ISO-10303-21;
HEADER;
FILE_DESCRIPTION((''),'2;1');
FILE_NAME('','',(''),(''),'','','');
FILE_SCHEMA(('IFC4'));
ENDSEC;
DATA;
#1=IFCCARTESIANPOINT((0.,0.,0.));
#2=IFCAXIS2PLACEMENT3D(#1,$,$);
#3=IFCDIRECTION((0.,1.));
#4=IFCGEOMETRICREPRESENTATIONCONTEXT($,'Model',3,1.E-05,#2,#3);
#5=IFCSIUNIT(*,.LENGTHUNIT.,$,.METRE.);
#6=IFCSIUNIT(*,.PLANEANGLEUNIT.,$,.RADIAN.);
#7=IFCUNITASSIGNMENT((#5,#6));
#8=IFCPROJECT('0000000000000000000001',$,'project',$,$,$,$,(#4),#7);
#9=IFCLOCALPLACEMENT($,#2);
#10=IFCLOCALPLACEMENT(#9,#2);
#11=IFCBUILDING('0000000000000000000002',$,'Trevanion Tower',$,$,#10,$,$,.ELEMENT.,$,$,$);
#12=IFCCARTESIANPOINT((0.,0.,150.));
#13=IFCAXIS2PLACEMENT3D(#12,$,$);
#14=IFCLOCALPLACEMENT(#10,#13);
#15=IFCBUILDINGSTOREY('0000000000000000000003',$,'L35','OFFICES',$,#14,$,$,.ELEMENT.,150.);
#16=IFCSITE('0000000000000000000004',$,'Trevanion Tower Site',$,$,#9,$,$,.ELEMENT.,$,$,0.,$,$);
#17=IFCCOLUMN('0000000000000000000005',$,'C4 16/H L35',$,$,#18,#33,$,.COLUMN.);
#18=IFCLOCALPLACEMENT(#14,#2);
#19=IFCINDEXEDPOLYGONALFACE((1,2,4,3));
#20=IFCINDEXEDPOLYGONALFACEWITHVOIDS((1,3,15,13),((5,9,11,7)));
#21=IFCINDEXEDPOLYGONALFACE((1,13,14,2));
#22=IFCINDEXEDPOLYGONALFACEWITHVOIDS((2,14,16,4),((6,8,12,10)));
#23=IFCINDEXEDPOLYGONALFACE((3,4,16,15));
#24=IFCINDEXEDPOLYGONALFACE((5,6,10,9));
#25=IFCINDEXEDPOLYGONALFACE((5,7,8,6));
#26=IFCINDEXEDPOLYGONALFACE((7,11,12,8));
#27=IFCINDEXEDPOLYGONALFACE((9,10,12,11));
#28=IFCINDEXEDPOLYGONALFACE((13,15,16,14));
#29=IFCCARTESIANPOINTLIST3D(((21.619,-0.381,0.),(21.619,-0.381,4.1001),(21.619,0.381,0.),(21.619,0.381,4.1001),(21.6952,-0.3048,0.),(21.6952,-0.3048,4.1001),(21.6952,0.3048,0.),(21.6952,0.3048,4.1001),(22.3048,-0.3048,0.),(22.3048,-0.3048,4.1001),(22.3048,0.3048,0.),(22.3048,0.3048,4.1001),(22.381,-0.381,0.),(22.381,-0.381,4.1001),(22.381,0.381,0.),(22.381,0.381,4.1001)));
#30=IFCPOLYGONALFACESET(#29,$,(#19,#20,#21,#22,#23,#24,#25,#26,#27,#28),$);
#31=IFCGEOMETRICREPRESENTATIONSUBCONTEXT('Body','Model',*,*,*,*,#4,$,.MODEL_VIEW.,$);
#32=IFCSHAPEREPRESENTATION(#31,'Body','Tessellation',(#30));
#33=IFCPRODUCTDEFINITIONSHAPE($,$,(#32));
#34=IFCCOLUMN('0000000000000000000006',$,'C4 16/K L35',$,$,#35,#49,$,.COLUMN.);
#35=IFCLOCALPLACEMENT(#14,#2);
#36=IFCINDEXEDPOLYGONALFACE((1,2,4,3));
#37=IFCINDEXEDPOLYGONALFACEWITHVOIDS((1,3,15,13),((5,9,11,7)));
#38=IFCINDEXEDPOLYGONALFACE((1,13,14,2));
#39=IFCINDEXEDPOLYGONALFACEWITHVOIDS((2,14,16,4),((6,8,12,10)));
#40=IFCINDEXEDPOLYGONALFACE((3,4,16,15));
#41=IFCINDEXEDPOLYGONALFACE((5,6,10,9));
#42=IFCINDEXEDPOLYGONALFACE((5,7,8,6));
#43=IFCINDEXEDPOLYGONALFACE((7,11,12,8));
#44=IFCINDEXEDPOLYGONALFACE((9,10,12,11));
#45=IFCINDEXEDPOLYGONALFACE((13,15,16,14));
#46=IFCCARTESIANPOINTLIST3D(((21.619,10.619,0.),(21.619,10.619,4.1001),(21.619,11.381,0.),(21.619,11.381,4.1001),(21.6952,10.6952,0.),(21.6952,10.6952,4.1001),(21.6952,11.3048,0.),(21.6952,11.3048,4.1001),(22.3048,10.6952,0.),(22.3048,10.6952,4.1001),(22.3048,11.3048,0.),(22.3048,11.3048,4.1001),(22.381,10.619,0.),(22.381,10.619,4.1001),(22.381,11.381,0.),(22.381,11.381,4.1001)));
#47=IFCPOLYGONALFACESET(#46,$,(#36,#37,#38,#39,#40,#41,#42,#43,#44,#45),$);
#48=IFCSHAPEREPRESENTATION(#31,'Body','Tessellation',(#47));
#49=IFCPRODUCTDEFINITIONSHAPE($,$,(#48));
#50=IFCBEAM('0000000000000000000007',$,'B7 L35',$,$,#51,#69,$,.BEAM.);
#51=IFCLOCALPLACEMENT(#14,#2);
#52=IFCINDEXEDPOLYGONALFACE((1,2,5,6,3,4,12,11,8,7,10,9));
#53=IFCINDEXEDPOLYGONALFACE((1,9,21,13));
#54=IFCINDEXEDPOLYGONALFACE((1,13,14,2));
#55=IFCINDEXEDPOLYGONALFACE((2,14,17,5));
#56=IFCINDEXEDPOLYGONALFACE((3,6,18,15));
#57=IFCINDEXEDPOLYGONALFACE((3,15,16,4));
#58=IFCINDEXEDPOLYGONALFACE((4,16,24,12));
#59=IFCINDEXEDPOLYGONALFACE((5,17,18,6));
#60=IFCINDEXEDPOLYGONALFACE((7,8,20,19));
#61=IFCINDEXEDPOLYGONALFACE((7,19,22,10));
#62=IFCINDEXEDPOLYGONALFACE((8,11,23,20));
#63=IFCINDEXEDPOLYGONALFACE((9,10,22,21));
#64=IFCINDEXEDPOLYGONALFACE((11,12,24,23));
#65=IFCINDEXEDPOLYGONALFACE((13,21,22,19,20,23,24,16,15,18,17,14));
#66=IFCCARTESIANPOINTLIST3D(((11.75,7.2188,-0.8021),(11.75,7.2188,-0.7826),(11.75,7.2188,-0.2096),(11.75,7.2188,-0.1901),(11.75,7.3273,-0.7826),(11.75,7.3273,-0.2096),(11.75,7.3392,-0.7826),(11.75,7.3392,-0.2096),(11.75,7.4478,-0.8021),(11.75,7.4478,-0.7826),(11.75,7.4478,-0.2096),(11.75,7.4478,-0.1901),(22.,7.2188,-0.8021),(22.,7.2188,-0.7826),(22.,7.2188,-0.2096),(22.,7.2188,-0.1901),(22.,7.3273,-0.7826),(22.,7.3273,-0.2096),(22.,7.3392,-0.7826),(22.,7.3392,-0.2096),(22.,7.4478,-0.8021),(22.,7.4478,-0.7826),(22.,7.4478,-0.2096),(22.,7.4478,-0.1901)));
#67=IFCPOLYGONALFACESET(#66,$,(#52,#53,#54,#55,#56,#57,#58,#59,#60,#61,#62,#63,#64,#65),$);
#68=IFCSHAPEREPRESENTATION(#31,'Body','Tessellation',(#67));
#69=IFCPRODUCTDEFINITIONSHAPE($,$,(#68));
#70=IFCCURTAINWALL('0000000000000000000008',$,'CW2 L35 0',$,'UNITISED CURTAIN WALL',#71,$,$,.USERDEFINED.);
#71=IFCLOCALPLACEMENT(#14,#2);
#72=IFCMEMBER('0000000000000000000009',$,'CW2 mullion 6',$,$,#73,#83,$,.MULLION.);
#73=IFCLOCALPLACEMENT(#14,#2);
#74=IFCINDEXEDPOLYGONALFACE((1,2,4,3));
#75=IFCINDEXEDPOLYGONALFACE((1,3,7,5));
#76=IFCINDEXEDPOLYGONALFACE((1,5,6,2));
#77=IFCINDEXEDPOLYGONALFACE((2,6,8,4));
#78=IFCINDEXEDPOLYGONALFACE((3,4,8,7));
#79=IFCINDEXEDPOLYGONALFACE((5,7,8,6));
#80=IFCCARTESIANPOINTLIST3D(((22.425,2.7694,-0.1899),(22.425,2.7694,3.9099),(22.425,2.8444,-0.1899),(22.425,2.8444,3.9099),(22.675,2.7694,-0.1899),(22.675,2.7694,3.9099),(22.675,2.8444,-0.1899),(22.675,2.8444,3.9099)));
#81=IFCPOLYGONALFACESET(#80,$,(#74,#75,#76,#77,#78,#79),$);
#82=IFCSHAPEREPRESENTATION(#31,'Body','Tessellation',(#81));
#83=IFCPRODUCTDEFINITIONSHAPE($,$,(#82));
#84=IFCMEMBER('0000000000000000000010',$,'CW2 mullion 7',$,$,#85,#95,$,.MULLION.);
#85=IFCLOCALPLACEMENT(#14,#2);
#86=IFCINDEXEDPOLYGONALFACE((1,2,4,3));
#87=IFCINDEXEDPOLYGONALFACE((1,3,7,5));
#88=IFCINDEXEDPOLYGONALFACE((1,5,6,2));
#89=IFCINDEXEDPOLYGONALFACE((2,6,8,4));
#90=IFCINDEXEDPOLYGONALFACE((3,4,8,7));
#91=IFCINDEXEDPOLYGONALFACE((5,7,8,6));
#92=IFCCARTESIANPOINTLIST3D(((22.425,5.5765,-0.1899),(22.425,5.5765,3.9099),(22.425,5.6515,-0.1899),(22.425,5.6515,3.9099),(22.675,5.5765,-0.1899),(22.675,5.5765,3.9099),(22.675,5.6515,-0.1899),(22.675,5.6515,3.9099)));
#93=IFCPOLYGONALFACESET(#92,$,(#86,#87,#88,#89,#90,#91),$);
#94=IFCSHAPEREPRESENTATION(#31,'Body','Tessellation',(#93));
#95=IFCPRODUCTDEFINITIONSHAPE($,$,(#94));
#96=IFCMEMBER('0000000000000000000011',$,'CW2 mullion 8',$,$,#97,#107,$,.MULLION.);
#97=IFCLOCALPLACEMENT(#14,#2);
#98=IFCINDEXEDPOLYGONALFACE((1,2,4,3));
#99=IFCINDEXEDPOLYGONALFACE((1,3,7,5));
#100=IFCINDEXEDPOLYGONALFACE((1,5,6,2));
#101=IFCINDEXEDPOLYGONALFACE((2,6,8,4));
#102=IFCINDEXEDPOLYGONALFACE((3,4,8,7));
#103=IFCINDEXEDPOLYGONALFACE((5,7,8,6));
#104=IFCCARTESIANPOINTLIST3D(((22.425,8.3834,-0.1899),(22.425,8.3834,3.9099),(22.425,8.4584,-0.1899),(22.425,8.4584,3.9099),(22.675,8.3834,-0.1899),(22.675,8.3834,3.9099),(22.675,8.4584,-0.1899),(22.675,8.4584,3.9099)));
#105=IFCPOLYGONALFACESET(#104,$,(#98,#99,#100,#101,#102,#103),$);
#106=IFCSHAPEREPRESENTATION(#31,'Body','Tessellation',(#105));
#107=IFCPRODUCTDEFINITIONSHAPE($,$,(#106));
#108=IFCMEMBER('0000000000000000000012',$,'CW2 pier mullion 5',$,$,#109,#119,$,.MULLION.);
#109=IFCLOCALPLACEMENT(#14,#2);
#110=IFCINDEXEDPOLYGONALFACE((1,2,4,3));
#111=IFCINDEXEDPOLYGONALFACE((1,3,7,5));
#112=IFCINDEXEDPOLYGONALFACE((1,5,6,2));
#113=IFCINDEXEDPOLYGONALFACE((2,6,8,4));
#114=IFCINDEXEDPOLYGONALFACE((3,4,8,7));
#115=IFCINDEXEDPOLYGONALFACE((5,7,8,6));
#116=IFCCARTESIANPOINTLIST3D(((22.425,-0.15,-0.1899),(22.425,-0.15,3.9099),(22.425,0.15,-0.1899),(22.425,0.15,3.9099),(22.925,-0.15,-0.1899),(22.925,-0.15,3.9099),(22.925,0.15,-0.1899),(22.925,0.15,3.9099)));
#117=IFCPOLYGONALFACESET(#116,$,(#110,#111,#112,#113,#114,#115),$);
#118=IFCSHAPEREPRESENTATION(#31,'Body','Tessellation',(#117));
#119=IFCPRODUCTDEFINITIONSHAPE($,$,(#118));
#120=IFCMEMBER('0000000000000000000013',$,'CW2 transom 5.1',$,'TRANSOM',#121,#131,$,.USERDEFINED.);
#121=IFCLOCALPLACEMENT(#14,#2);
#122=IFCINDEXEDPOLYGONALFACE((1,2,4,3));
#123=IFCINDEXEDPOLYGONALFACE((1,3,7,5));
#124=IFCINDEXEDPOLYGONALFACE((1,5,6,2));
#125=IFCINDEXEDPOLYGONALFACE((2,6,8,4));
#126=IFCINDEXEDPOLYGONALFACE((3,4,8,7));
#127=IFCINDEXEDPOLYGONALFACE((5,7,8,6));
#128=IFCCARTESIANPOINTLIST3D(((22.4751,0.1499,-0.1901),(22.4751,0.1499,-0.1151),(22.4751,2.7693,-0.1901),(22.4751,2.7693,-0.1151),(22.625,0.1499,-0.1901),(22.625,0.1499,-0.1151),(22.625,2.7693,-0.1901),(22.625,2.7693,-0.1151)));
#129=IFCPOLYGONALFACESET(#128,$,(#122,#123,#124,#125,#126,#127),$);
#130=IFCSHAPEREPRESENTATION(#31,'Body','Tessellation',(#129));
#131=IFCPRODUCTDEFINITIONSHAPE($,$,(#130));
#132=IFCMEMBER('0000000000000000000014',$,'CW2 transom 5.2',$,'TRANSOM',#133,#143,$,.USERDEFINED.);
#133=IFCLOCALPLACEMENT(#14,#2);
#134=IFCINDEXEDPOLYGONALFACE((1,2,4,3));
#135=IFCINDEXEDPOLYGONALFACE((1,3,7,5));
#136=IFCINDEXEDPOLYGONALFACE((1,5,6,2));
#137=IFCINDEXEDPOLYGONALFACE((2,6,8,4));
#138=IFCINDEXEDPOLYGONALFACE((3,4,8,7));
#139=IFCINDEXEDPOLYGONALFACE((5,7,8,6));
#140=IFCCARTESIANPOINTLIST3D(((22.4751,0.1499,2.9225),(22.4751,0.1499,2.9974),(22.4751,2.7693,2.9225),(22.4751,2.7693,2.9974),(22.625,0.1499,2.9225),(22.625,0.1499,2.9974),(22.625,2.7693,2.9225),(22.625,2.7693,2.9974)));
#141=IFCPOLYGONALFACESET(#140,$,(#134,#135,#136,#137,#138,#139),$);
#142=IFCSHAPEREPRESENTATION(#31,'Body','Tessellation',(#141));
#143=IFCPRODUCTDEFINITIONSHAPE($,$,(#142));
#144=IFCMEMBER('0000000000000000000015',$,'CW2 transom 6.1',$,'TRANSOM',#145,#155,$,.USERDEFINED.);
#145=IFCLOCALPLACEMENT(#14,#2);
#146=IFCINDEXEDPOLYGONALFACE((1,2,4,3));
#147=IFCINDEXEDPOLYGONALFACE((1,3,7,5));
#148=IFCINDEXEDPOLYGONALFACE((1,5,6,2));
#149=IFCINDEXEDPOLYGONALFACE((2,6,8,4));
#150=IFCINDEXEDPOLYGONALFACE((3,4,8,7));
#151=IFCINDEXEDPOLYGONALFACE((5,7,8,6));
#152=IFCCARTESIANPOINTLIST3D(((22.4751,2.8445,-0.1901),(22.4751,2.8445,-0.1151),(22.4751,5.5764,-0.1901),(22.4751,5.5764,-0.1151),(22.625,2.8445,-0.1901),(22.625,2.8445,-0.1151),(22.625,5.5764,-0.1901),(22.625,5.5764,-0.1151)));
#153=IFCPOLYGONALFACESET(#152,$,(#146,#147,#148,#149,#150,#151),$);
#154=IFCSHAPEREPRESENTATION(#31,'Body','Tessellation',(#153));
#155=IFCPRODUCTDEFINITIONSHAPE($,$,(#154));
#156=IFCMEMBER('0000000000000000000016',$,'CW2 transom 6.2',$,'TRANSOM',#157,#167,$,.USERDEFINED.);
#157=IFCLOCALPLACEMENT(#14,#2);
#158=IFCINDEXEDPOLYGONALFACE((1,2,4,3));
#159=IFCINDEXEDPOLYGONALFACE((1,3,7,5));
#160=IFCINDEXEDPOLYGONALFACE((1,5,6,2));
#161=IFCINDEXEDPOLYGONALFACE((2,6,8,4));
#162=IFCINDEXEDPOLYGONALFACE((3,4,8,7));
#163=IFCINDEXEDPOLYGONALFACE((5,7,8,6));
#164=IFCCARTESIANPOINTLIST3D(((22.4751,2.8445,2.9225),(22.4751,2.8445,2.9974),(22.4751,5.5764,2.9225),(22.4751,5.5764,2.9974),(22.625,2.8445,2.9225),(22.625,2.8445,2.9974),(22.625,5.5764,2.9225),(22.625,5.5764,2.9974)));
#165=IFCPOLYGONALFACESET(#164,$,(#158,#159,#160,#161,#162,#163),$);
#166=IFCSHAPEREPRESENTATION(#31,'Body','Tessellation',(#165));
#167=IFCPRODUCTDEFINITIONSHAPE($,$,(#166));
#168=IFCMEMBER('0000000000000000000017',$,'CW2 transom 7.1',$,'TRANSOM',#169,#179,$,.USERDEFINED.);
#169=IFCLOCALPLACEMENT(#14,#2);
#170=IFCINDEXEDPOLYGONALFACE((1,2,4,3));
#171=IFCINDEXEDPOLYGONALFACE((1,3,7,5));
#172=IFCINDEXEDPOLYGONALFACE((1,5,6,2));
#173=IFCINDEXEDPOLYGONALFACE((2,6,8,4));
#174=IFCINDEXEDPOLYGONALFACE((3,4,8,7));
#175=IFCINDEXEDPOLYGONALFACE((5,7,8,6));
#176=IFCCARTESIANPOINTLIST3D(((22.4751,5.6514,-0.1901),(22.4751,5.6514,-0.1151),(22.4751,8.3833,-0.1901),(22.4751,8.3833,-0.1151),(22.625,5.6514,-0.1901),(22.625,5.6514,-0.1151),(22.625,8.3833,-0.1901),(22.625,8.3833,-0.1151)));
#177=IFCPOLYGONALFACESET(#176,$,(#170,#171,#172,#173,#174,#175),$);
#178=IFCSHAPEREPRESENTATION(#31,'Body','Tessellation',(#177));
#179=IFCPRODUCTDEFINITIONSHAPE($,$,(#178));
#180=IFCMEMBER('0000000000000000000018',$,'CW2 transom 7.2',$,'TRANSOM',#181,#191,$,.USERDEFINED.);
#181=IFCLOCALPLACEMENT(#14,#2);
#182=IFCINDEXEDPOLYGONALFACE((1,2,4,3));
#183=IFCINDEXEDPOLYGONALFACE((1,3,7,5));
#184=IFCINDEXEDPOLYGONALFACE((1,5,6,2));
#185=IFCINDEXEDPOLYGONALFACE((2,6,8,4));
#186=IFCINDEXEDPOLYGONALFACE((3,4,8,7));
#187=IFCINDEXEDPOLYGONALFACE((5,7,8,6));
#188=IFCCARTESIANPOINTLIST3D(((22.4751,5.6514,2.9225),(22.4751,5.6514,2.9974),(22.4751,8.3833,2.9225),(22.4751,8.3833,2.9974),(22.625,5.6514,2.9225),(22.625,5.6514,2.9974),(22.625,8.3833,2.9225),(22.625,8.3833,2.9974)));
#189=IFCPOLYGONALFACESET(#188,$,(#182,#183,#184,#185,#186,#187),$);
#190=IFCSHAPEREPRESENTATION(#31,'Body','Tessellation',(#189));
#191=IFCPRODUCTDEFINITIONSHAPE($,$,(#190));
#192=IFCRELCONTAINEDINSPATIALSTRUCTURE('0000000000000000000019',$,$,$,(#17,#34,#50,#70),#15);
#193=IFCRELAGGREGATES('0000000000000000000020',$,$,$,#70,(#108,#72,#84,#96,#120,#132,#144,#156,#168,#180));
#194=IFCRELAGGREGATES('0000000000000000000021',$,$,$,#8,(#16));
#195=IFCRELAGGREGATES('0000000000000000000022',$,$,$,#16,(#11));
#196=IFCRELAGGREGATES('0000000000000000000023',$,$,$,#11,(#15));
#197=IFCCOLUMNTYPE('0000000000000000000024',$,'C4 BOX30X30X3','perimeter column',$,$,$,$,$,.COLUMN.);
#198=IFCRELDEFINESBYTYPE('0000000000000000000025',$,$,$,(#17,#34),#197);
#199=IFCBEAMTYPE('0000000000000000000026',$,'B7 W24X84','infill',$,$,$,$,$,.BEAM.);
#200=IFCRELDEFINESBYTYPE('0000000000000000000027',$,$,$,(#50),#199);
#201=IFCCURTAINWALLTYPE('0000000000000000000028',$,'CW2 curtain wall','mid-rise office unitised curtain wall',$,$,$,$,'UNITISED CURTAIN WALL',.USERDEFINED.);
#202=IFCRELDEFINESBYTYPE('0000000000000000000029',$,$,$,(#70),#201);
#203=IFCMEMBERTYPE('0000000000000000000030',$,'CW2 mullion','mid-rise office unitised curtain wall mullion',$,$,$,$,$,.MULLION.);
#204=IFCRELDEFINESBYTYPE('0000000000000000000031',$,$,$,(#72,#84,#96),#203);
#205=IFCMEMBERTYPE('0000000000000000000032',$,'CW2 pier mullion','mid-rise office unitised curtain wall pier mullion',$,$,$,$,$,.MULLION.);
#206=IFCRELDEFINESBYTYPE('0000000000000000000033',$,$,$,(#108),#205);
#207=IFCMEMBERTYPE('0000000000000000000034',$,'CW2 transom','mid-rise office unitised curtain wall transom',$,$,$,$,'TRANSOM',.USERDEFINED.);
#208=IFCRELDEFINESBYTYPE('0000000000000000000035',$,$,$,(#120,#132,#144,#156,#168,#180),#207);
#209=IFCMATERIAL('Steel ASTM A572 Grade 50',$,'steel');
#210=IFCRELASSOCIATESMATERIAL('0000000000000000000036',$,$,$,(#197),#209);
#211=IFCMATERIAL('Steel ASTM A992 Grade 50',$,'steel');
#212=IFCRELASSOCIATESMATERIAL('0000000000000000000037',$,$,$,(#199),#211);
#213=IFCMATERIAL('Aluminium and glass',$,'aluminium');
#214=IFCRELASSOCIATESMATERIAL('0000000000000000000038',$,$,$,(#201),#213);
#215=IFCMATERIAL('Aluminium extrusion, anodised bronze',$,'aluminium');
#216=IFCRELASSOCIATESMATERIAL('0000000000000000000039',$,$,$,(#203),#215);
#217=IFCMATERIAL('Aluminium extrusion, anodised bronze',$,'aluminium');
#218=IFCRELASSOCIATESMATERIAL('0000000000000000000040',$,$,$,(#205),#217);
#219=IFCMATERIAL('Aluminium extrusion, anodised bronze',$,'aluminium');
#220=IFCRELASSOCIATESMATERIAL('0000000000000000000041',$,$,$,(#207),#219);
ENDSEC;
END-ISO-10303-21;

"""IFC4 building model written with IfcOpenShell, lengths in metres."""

from ifc_helpers import new_model, si_unit, direction, frame, origin, origin_2d, place, context, subcontext, project, spatial, rectangle, hollow_rectangle, i_section, extrude, material, material_profile, profile_set, type_object, element, aggregate, save


model = new_model("IFC4")

# Units and contexts
model_context = context("Model", 3, precision=1e-05, world=origin(), true_north=direction((0.0, 1.0)))
body_context = subcontext(model_context, "Body", "Model", "MODEL_VIEW")
ifc_project = project(units=[si_unit("LENGTHUNIT", "METRE"), si_unit("PLANEANGLEUNIT", "RADIAN")], contexts=[model_context])

# Site, building, storey
site_placement = place(None, origin())
site = spatial("IfcSite", under=ifc_project, at=site_placement, Name="Trevanion Tower Site", CompositionType="ELEMENT", RefElevation=0.0)
building_placement = place(site_placement, origin())
building = spatial("IfcBuilding", under=site, at=building_placement, Name="Trevanion Tower", CompositionType="ELEMENT")
storey_placement = place(building_placement, frame((0.0, 0.0, 150.0)))
storey = spatial("IfcBuildingStorey", under=building, at=storey_placement, Name="L35", Description="OFFICES", CompositionType="ELEMENT", Elevation=150.0)

# Columns
ifc_material_1 = material(Name="Steel ASTM A572 Grade 50", Category="steel")
ifc_material_profile_1 = material_profile(ifc_material_1, hollow_rectangle(XDim=0.762, YDim=0.762, WallThickness=0.0762, at=origin_2d()), Name="BOX30X30X3")
ifc_profile_set_1 = profile_set([ifc_material_profile_1], Name="Steel ASTM A572 Grade 50")
column_type = type_object("IfcColumnType", Name="C4 BOX30X30X3", Description="perimeter column", PredefinedType="COLUMN", material=ifc_profile_set_1)
for number, where, z_axis, x_axis, name in (
    (1, (22.0, 0.0, 0.0), (0.0, 0.0, 1.0), (0.0, 1.0, 0.0), "C4 16/H L35"),
    (2, (22.0, 11.0, 0.0), (0.0, 0.0, 1.0), (0.0, 1.0, 0.0), "C4 16/K L35"),
):
    element("IfcColumn", number, at=place(storey_placement, frame(where, z_axis=z_axis, x_axis=x_axis)), inside=storey, type_object=column_type, Name=name, PredefinedType="COLUMN", context=body_context, shape_type="SweptSolid", body=[
        extrude(hollow_rectangle(XDim=0.762, YDim=0.762, WallThickness=0.0762, at=origin_2d()), origin(), (0.0, 0.0, 1.0), 4.1001),
    ])

# Beam
ifc_material_2 = material(Name="Steel ASTM A992 Grade 50", Category="steel")
ifc_material_profile_2 = material_profile(ifc_material_2, i_section(OverallWidth=0.229, OverallDepth=0.6121, WebThickness=0.012, FlangeThickness=0.0195, at=origin_2d()), Name="W24X84")
ifc_profile_set_2 = profile_set([ifc_material_profile_2], Name="Steel ASTM A992 Grade 50")
beam_type_1 = type_object("IfcBeamType", Name="B7 W24X84", Description="infill", PredefinedType="BEAM", material=ifc_profile_set_2)
beam_1_placement = place(storey_placement, frame((11.75, 7.3333, -0.4961), z_axis=(1.0, 0.0, 0.0), x_axis=(0.0, 1.0, 0.0)))
element("IfcBeam", 3, at=beam_1_placement, inside=storey, type_object=beam_type_1, Name="B7 L35", PredefinedType="BEAM", context=body_context, shape_type="SweptSolid", body=[
    extrude(i_section(OverallWidth=0.229, OverallDepth=0.6121, WebThickness=0.012, FlangeThickness=0.0195, at=origin_2d()), origin(), (0.0, 0.0, 1.0), 10.25),
])

# Curtain wall, members
ifc_material_3 = material(Name="Aluminium and glass", Category="aluminium")
curtain_wall_type = type_object("IfcCurtainWallType", Name="CW2 curtain wall", Description="mid-rise office unitised curtain wall", ElementType="UNITISED CURTAIN WALL", PredefinedType="USERDEFINED", material=ifc_material_3)
curtain_wall_placement = place(storey_placement, origin())
curtain_wall = element("IfcCurtainWall", 4, at=curtain_wall_placement, inside=storey, type_object=curtain_wall_type, Name="CW2 L35 0", ObjectType="UNITISED CURTAIN WALL", PredefinedType="USERDEFINED")
ifc_material_4 = material(Name="Aluminium extrusion, anodised bronze", Category="aluminium")
ifc_material_profile_3 = material_profile(ifc_material_4, rectangle(XDim=0.075, YDim=0.25, at=origin_2d()), Name="CW2 mullion")
ifc_profile_set_3 = profile_set([ifc_material_profile_3], Name="Aluminium extrusion, anodised bronze")
member_type_1 = type_object("IfcMemberType", Name="CW2 mullion", Description="mid-rise office unitised curtain wall mullion", PredefinedType="MULLION", material=ifc_profile_set_3)
member_1_placement = place(storey_placement, frame((22.55, 2.8069, -0.1899), z_axis=(0.0, 0.0, 1.0), x_axis=(0.0, 1.0, 0.0)))
member_1 = element("IfcMember", 5, at=member_1_placement, type_object=member_type_1, Name="CW2 mullion 6", PredefinedType="MULLION", context=body_context, shape_type="SweptSolid", body=[
    extrude(rectangle(XDim=0.075, YDim=0.25, at=origin_2d()), origin(), (0.0, 0.0, 1.0), 4.0999),
])
member_2_placement = place(storey_placement, frame((22.55, 5.614, -0.1899), z_axis=(0.0, 0.0, 1.0), x_axis=(0.0, 1.0, 0.0)))
member_2 = element("IfcMember", 6, at=member_2_placement, type_object=member_type_1, Name="CW2 mullion 7", PredefinedType="MULLION", context=body_context, shape_type="SweptSolid", body=[
    extrude(rectangle(XDim=0.075, YDim=0.25, at=origin_2d()), origin(), (0.0, 0.0, 1.0), 4.0999),
])
member_3_placement = place(storey_placement, frame((22.55, 8.4209, -0.1899), z_axis=(0.0, 0.0, 1.0), x_axis=(0.0, 1.0, 0.0)))
member_3 = element("IfcMember", 7, at=member_3_placement, type_object=member_type_1, Name="CW2 mullion 8", PredefinedType="MULLION", context=body_context, shape_type="SweptSolid", body=[
    extrude(rectangle(XDim=0.075, YDim=0.25, at=origin_2d()), origin(), (0.0, 0.0, 1.0), 4.0999),
])
ifc_material_5 = material(Name="Aluminium extrusion, anodised bronze", Category="aluminium")
ifc_material_profile_4 = material_profile(ifc_material_5, rectangle(XDim=0.3, YDim=0.5, at=origin_2d()), Name="CW2 pier mullion")
ifc_profile_set_4 = profile_set([ifc_material_profile_4], Name="Aluminium extrusion, anodised bronze")
member_type_2 = type_object("IfcMemberType", Name="CW2 pier mullion", Description="mid-rise office unitised curtain wall pier mullion", PredefinedType="MULLION", material=ifc_profile_set_4)
member_4_placement = place(storey_placement, frame((22.675, 0.0, -0.1899), z_axis=(0.0, 0.0, 1.0), x_axis=(0.0, 1.0, 0.0)))
member_4 = element("IfcMember", 8, at=member_4_placement, type_object=member_type_2, Name="CW2 pier mullion 5", PredefinedType="MULLION", context=body_context, shape_type="SweptSolid", body=[
    extrude(rectangle(XDim=0.3, YDim=0.5, at=origin_2d()), origin(), (0.0, 0.0, 1.0), 4.0999),
])
ifc_material_6 = material(Name="Aluminium extrusion, anodised bronze", Category="aluminium")
ifc_material_profile_5 = material_profile(ifc_material_6, rectangle(XDim=0.1499, YDim=0.075, at=origin_2d()), Name="CW2 transom")
ifc_profile_set_5 = profile_set([ifc_material_profile_5], Name="Aluminium extrusion, anodised bronze")
member_type_3 = type_object("IfcMemberType", Name="CW2 transom", Description="mid-rise office unitised curtain wall transom", ElementType="TRANSOM", PredefinedType="USERDEFINED", material=ifc_profile_set_5)
member_5_placement = place(storey_placement, frame((22.55, 0.1499, -0.1526), z_axis=(0.0, 1.0, 0.0), x_axis=(-1.0, 0.0, 0.0)))
member_5 = element("IfcMember", 9, at=member_5_placement, type_object=member_type_3, Name="CW2 transom 5.1", ObjectType="TRANSOM", PredefinedType="USERDEFINED", context=body_context, shape_type="SweptSolid", body=[
    extrude(rectangle(XDim=0.1499, YDim=0.075, at=origin_2d()), origin(), (0.0, 0.0, 1.0), 2.6194),
])
member_6_placement = place(storey_placement, frame((22.55, 0.1499, 2.96), z_axis=(0.0, 1.0, 0.0), x_axis=(-1.0, 0.0, 0.0)))
member_6 = element("IfcMember", 10, at=member_6_placement, type_object=member_type_3, Name="CW2 transom 5.2", ObjectType="TRANSOM", PredefinedType="USERDEFINED", context=body_context, shape_type="SweptSolid", body=[
    extrude(rectangle(XDim=0.1499, YDim=0.075, at=origin_2d()), origin(), (0.0, 0.0, 1.0), 2.6194),
])
member_7_placement = place(storey_placement, frame((22.55, 2.8445, -0.1526), z_axis=(0.0, 1.0, 0.0), x_axis=(-1.0, 0.0, 0.0)))
member_7 = element("IfcMember", 11, at=member_7_placement, type_object=member_type_3, Name="CW2 transom 6.1", ObjectType="TRANSOM", PredefinedType="USERDEFINED", context=body_context, shape_type="SweptSolid", body=[
    extrude(rectangle(XDim=0.1499, YDim=0.075, at=origin_2d()), origin(), (0.0, 0.0, 1.0), 2.7319),
])
member_8_placement = place(storey_placement, frame((22.55, 2.8445, 2.96), z_axis=(0.0, 1.0, 0.0), x_axis=(-1.0, 0.0, 0.0)))
member_8 = element("IfcMember", 12, at=member_8_placement, type_object=member_type_3, Name="CW2 transom 6.2", ObjectType="TRANSOM", PredefinedType="USERDEFINED", context=body_context, shape_type="SweptSolid", body=[
    extrude(rectangle(XDim=0.1499, YDim=0.075, at=origin_2d()), origin(), (0.0, 0.0, 1.0), 2.7319),
])
member_9_placement = place(storey_placement, frame((22.55, 5.6514, -0.1526), z_axis=(0.0, 1.0, 0.0), x_axis=(-1.0, 0.0, 0.0)))
member_9 = element("IfcMember", 13, at=member_9_placement, type_object=member_type_3, Name="CW2 transom 7.1", ObjectType="TRANSOM", PredefinedType="USERDEFINED", context=body_context, shape_type="SweptSolid", body=[
    extrude(rectangle(XDim=0.1499, YDim=0.075, at=origin_2d()), origin(), (0.0, 0.0, 1.0), 2.7319),
])
member_10_placement = place(storey_placement, frame((22.55, 5.6514, 2.96), z_axis=(0.0, 1.0, 0.0), x_axis=(-1.0, 0.0, 0.0)))
member_10 = element("IfcMember", 14, at=member_10_placement, type_object=member_type_3, Name="CW2 transom 7.2", ObjectType="TRANSOM", PredefinedType="USERDEFINED", context=body_context, shape_type="SweptSolid", body=[
    extrude(rectangle(XDim=0.1499, YDim=0.075, at=origin_2d()), origin(), (0.0, 0.0, 1.0), 2.7319),
])

aggregate(curtain_wall, [member_4, member_1, member_2, member_3, member_5, member_6, member_7, member_8, member_9, member_10])

save(model, "model.ifc")
